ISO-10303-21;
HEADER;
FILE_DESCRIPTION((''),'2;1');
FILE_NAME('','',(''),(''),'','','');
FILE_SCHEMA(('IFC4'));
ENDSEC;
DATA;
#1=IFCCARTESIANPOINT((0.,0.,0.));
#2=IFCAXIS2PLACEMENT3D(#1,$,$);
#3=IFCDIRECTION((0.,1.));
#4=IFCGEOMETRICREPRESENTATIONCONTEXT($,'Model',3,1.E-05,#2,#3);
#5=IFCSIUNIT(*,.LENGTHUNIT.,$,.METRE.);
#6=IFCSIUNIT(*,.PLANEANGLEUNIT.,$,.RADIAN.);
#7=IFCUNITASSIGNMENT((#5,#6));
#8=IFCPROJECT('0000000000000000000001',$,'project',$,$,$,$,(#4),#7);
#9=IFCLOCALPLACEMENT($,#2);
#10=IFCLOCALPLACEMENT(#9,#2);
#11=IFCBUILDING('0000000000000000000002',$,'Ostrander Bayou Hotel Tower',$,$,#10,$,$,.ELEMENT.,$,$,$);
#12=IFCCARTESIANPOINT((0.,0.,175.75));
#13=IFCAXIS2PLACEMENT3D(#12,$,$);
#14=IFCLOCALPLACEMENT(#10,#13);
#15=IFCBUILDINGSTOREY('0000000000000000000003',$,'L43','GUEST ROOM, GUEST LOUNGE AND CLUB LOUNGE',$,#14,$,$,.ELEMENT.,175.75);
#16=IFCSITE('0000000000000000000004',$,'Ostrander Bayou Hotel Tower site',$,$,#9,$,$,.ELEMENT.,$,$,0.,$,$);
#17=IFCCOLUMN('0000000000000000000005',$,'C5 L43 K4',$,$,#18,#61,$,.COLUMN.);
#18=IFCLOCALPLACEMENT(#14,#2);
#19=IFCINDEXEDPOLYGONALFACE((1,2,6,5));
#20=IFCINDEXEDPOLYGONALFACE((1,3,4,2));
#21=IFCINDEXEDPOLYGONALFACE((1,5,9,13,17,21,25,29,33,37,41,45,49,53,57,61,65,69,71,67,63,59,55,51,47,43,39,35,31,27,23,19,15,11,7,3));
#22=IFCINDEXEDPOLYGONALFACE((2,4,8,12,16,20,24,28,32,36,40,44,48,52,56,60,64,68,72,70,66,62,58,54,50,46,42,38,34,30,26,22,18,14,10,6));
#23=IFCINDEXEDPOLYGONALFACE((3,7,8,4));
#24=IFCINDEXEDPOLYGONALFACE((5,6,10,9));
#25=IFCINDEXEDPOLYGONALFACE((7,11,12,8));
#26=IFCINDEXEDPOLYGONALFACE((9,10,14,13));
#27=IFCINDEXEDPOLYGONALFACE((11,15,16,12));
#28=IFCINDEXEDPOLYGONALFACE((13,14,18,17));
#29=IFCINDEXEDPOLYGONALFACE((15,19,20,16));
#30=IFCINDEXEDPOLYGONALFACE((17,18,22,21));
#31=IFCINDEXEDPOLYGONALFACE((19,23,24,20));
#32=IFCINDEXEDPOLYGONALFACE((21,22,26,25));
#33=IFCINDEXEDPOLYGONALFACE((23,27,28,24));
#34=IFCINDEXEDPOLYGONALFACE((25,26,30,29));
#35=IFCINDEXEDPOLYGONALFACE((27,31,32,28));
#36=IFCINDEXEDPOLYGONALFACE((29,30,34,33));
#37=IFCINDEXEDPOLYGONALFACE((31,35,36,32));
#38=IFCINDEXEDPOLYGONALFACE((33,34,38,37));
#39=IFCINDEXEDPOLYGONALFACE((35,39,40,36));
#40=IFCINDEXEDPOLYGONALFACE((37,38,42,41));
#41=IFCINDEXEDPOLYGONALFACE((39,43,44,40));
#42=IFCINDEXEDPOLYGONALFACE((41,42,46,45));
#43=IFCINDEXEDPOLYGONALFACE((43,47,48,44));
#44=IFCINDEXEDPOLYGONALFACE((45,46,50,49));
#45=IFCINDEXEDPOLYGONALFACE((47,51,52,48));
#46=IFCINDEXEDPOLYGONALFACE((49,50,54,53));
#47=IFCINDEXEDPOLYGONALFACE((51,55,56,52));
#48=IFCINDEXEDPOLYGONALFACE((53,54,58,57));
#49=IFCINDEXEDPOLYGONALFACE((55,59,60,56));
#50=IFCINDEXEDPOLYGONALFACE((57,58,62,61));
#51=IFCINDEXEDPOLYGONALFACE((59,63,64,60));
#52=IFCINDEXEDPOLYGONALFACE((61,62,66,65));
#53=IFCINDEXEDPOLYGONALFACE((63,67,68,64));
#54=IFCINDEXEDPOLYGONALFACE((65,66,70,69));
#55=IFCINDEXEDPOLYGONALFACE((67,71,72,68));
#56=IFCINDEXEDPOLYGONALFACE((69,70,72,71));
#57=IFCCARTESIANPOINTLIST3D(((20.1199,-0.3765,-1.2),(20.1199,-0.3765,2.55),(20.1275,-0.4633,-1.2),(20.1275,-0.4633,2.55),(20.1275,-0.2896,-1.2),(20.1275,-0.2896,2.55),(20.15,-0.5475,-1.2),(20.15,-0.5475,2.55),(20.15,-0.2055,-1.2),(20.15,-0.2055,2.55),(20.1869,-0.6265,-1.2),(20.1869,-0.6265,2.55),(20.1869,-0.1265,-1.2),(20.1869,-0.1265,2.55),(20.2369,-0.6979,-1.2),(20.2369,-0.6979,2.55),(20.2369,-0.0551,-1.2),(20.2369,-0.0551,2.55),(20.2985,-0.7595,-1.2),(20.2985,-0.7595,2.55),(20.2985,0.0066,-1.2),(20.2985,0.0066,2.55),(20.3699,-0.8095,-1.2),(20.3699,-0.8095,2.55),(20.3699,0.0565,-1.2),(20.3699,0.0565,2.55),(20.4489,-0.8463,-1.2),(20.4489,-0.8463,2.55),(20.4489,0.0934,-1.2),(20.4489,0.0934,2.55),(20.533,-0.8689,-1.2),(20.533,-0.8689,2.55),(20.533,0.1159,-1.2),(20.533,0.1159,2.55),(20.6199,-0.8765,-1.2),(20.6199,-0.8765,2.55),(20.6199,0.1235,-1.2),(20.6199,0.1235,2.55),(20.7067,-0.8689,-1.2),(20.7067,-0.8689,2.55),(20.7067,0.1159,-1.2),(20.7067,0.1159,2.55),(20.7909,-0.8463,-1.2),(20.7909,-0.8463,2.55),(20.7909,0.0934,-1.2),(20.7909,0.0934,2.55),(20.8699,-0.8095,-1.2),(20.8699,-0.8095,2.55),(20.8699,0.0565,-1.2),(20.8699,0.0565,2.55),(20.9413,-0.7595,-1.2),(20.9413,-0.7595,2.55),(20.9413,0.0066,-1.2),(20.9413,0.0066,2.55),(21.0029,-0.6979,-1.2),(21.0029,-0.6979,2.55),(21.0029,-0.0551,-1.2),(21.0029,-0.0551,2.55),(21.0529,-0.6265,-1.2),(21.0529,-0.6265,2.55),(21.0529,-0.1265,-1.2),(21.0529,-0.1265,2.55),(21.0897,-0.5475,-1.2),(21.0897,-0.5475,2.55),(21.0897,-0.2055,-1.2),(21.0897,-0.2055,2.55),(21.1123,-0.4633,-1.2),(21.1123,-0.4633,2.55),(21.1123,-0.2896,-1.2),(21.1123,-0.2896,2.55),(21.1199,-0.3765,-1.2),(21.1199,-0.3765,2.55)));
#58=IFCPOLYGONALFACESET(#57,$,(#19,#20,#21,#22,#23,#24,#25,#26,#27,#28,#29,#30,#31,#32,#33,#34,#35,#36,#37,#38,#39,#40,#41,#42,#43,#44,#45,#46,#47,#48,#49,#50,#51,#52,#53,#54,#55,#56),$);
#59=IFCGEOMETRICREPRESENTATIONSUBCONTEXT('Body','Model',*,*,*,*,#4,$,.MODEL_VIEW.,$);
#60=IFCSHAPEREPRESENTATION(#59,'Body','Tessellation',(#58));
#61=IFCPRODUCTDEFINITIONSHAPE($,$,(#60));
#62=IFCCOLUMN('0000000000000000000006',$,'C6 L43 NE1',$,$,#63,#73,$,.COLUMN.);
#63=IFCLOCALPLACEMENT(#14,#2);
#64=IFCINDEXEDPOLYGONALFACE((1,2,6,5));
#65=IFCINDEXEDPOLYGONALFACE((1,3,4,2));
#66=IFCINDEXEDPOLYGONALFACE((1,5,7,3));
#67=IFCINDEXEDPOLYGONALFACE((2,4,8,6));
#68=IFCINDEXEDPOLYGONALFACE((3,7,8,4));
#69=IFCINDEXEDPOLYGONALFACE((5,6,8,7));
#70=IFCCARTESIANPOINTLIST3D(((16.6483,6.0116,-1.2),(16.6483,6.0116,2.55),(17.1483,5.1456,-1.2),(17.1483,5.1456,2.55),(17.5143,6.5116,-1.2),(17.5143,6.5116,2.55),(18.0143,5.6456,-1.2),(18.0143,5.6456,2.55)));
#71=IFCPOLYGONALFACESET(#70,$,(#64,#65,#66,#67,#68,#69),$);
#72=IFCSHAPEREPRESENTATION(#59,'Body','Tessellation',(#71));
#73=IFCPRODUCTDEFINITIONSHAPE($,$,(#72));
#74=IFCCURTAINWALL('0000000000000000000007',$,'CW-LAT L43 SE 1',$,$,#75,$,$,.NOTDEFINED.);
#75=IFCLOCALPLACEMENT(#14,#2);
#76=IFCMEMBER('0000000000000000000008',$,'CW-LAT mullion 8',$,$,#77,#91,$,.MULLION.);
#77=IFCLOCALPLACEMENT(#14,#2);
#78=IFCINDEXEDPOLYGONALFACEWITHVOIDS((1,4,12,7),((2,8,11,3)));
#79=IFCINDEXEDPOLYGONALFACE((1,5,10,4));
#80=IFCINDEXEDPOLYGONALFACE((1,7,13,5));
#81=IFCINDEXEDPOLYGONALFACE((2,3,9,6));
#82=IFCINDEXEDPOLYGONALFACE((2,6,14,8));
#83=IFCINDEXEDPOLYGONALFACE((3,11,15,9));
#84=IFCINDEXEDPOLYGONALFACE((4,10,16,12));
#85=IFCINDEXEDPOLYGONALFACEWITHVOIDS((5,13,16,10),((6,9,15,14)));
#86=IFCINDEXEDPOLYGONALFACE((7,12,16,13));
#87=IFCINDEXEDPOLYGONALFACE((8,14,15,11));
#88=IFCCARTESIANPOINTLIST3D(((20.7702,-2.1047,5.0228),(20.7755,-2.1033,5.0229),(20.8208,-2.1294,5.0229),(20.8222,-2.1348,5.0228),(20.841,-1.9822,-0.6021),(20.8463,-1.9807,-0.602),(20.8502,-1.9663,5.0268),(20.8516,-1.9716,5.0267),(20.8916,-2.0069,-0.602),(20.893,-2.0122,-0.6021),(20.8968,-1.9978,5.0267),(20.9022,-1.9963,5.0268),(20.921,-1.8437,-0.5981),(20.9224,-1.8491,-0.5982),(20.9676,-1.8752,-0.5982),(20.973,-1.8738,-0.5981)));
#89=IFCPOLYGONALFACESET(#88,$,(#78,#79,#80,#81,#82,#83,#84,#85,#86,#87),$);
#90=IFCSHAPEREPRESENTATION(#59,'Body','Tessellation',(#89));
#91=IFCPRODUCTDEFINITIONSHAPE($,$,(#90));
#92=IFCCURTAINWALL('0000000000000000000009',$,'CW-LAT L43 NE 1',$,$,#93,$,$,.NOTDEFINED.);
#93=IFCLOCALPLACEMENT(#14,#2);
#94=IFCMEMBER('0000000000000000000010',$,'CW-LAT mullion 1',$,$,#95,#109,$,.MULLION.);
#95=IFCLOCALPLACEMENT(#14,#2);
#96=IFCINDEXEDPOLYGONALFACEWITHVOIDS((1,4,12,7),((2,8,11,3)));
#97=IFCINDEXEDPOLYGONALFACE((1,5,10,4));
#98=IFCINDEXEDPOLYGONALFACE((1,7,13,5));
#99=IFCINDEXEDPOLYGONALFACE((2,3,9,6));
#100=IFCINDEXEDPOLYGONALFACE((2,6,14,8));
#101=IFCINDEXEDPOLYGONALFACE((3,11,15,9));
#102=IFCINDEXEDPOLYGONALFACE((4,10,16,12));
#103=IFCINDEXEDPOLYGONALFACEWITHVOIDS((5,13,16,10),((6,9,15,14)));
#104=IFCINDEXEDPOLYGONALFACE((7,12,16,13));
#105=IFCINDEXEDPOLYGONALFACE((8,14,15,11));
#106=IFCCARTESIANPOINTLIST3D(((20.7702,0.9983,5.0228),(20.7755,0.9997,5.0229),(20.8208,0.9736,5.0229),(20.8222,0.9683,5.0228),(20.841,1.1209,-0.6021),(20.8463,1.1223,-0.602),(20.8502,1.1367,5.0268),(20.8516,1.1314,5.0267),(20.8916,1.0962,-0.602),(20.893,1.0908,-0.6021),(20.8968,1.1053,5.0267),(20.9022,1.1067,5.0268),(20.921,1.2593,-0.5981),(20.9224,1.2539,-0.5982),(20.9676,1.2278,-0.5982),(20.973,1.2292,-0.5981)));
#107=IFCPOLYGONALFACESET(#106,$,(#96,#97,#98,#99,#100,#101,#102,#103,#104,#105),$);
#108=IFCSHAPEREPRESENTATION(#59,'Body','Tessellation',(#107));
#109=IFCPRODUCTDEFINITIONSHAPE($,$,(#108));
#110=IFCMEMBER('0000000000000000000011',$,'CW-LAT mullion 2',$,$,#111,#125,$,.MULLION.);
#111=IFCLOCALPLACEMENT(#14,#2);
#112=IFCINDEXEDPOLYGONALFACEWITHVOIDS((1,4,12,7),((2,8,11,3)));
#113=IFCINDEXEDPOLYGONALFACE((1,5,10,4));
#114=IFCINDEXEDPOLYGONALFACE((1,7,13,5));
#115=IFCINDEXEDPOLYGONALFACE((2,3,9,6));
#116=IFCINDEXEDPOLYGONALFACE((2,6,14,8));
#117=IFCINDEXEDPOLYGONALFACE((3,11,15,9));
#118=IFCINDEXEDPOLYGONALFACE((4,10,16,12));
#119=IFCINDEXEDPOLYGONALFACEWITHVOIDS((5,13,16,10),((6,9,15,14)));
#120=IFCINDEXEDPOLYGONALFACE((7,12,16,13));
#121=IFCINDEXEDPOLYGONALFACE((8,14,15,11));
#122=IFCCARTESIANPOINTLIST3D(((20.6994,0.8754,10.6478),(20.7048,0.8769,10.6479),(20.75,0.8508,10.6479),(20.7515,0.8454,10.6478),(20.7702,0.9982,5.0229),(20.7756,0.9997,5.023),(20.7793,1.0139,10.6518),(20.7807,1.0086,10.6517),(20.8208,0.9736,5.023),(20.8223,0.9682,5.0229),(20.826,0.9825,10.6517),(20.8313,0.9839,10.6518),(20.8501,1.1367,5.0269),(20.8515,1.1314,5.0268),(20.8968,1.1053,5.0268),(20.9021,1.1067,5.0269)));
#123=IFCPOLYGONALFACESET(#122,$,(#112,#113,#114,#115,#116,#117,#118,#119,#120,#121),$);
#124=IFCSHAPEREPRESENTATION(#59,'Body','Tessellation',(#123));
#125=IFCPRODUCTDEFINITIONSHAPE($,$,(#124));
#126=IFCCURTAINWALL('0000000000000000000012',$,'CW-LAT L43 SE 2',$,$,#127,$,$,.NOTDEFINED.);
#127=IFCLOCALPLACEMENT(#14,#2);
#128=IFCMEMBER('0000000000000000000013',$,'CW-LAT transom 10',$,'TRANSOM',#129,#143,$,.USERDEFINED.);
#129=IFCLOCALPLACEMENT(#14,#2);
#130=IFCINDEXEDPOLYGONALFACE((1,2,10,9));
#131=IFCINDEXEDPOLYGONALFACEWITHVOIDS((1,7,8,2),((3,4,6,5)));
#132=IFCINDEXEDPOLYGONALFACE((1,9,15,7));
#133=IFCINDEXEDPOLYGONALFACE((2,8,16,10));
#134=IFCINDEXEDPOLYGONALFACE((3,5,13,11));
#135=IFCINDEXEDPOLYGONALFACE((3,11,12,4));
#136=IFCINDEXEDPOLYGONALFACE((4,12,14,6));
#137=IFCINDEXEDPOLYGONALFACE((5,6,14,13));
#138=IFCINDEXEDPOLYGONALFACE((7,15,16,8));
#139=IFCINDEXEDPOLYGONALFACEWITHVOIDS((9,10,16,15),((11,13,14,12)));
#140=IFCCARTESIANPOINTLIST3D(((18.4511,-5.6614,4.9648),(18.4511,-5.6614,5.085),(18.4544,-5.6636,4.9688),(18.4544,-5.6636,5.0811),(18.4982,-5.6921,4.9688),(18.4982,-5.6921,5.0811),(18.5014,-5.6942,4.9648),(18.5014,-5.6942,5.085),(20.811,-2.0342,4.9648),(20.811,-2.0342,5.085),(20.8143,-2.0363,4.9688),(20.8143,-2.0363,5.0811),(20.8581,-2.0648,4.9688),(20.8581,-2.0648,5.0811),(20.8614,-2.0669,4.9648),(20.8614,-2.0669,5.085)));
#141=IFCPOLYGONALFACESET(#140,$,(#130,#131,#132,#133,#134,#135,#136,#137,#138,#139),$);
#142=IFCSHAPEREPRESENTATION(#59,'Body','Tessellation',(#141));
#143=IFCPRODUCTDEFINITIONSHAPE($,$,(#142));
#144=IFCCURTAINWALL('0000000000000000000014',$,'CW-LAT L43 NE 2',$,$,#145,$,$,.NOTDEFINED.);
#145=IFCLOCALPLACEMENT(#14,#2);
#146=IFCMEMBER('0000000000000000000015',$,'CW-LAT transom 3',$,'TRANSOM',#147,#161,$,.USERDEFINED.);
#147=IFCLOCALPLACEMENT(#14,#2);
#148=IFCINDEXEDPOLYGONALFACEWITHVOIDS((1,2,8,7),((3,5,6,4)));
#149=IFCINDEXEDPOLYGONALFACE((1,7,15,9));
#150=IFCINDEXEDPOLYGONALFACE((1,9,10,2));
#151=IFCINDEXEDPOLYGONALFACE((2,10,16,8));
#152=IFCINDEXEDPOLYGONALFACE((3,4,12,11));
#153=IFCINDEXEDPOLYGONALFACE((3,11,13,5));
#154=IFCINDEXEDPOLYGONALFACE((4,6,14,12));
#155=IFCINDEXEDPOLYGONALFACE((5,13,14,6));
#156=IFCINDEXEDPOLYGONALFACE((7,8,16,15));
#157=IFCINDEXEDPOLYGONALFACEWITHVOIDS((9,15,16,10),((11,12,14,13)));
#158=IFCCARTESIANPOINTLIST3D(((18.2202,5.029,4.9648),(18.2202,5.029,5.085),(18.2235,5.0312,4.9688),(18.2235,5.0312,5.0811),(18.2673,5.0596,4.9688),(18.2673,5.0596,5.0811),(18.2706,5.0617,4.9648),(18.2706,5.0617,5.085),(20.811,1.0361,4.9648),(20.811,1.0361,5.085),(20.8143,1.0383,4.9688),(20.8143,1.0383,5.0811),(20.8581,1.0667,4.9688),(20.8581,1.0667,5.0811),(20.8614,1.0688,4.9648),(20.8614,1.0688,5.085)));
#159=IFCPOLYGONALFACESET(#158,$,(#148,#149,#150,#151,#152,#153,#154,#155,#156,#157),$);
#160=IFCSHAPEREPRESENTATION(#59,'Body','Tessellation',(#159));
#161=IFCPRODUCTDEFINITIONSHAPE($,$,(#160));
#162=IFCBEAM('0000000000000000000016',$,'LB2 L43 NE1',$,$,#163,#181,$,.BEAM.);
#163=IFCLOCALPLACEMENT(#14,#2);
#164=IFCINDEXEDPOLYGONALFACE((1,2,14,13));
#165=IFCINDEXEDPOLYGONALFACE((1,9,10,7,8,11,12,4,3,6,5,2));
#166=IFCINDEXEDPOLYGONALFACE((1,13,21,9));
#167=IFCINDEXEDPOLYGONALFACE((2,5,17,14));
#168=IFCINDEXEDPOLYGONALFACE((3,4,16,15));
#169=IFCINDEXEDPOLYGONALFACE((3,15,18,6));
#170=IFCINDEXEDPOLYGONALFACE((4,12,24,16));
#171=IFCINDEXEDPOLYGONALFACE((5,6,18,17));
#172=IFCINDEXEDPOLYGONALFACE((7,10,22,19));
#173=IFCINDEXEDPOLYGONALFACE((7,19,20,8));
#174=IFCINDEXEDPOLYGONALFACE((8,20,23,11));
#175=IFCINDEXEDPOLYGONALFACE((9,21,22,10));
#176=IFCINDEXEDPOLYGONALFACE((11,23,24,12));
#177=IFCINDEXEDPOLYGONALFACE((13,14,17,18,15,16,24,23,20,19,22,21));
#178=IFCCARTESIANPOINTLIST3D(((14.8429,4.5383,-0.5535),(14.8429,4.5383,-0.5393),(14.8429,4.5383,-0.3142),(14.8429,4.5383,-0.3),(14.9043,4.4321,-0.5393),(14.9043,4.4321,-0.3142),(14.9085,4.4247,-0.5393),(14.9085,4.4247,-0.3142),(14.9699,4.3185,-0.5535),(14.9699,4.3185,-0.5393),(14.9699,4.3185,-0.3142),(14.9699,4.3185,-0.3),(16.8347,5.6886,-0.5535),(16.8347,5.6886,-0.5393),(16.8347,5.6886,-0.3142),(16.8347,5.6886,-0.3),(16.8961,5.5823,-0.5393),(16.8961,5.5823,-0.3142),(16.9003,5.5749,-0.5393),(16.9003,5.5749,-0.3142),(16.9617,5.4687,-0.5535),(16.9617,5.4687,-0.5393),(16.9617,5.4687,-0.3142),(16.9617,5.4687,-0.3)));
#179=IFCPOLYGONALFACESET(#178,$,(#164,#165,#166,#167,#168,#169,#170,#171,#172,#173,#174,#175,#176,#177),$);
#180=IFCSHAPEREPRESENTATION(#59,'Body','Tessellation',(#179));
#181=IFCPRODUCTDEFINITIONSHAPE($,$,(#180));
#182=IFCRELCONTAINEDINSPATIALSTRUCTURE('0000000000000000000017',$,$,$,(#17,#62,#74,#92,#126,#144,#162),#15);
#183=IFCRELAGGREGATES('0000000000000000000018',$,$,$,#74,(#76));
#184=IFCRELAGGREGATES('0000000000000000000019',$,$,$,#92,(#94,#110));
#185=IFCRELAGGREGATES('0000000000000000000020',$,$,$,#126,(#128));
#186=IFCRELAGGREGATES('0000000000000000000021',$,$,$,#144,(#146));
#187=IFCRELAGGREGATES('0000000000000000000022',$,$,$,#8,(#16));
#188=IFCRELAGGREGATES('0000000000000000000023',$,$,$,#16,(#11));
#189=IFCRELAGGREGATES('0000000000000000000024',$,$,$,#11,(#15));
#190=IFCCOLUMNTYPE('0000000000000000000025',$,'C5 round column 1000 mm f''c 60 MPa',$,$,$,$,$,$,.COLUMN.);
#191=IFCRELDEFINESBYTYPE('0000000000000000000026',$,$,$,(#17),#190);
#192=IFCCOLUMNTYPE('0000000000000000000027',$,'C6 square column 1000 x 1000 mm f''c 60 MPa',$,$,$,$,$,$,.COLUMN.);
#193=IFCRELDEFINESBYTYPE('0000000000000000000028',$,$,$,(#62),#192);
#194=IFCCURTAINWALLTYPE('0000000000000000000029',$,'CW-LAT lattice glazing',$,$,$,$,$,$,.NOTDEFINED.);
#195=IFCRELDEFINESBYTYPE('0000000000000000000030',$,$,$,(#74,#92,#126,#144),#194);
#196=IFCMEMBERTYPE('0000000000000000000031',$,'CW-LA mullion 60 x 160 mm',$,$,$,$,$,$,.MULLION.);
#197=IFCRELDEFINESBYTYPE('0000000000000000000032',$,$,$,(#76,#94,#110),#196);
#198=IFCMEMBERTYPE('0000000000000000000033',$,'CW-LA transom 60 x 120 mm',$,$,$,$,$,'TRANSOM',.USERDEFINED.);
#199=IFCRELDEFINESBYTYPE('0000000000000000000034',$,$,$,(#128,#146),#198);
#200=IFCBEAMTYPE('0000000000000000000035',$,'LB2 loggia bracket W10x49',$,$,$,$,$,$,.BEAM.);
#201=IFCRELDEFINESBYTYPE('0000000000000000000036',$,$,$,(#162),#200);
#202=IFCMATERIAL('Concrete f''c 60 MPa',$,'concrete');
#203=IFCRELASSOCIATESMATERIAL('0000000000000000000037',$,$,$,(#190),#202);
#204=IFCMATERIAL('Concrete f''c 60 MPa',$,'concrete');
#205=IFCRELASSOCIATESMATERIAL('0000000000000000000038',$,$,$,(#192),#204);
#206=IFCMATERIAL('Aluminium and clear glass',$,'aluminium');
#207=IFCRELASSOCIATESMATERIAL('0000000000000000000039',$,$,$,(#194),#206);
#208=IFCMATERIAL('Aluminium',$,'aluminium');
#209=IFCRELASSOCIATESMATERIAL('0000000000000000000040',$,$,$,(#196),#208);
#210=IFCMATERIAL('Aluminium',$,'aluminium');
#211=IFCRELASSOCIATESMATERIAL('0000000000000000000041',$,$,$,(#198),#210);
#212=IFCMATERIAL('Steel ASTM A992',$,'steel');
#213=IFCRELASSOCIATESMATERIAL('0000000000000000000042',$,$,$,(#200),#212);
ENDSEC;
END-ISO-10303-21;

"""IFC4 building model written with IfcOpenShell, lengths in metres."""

from ifc_helpers import new_model, si_unit, direction, frame, origin, origin_2d, place, context, subcontext, project, spatial, rectangle, hollow_rectangle, circle, i_section, extrude, material, material_profile, profile_set, type_object, element, aggregate, save


model = new_model("IFC4")

# Units and contexts
model_context = context("Model", 3, precision=1e-05, world=origin(), true_north=direction((0.0, 1.0)))
body_context = subcontext(model_context, "Body", "Model", "MODEL_VIEW")
ifc_project = project(units=[si_unit("LENGTHUNIT", "METRE"), si_unit("PLANEANGLEUNIT", "RADIAN")], contexts=[model_context])

# Site, building, storey
site_placement = place(None, origin())
site = spatial("IfcSite", under=ifc_project, at=site_placement, Name="Ostrander Bayou Hotel Tower site", CompositionType="ELEMENT", RefElevation=0.0)
building_placement = place(site_placement, origin())
building = spatial("IfcBuilding", under=site, at=building_placement, Name="Ostrander Bayou Hotel Tower", CompositionType="ELEMENT")
storey_placement = place(building_placement, frame((0.0, 0.0, 175.75)))
storey = spatial("IfcBuildingStorey", under=building, at=storey_placement, Name="L43", Description="GUEST ROOM, GUEST LOUNGE AND CLUB LOUNGE", CompositionType="ELEMENT", Elevation=175.75)

# Columns
ifc_material_1 = material(Name="Concrete f'c 60 MPa", Category="concrete")
ifc_material_profile_1 = material_profile(ifc_material_1, circle(Radius=0.5, at=origin_2d()))
ifc_profile_set_1 = profile_set([ifc_material_profile_1], Name="Concrete f'c 60 MPa")
column_type_1 = type_object("IfcColumnType", Name="C5 round column 1000 mm f'c 60 MPa", PredefinedType="COLUMN", material=ifc_profile_set_1)
column_1_placement = place(storey_placement, frame((20.6199, -0.3765, -1.2), z_axis=(0.0, 0.0, 1.0), x_axis=(1.0, 0.0, 0.0)))
element("IfcColumn", 1, at=column_1_placement, inside=storey, type_object=column_type_1, Name="C5 L43 K4", PredefinedType="COLUMN", context=body_context, shape_type="SweptSolid", body=[
    extrude(circle(Radius=0.5, at=origin_2d()), origin(), (0.0, 0.0, 1.0), 3.75),
])
ifc_material_2 = material(Name="Concrete f'c 60 MPa", Category="concrete")
ifc_material_profile_2 = material_profile(ifc_material_2, rectangle(XDim=1.0, YDim=1.0, at=origin_2d()))
ifc_profile_set_2 = profile_set([ifc_material_profile_2], Name="Concrete f'c 60 MPa")
column_type_2 = type_object("IfcColumnType", Name="C6 square column 1000 x 1000 mm f'c 60 MPa", PredefinedType="COLUMN", material=ifc_profile_set_2)
column_2_placement = place(storey_placement, frame((17.3313, 5.8286, -1.2), z_axis=(0.0, 0.0, 1.0), x_axis=(0.5, -0.866025, 0.0)))
element("IfcColumn", 2, at=column_2_placement, inside=storey, type_object=column_type_2, Name="C6 L43 NE1", PredefinedType="COLUMN", context=body_context, shape_type="SweptSolid", body=[
    extrude(rectangle(XDim=1.0, YDim=1.0, at=origin_2d()), origin(), (0.0, 0.0, 1.0), 3.75),
])

# Curtain wall, member
ifc_material_3 = material(Name="Aluminium and clear glass", Category="aluminium")
curtain_wall_type = type_object("IfcCurtainWallType", Name="CW-LAT lattice glazing", PredefinedType="NOTDEFINED", material=ifc_material_3)
curtain_wall_1_placement = place(storey_placement, origin())
curtain_wall_1 = element("IfcCurtainWall", 3, at=curtain_wall_1_placement, inside=storey, type_object=curtain_wall_type, Name="CW-LAT L43 SE 1", PredefinedType="NOTDEFINED")
ifc_material_4 = material(Name="Aluminium", Category="aluminium")
ifc_material_profile_3 = material_profile(ifc_material_4, hollow_rectangle(XDim=0.0601, YDim=0.1599, WallThickness=0.0039, at=origin_2d()))
ifc_profile_set_3 = profile_set([ifc_material_profile_3], Name="Aluminium")
member_type_1 = type_object("IfcMemberType", Name="CW-LA mullion 60 x 160 mm", PredefinedType="MULLION", material=ifc_profile_set_3)
member_1_placement = place(storey_placement, frame((20.907, -1.928, -0.6001), z_axis=(-0.012583, -0.021781, 0.999684), x_axis=(0.865898, -0.50022, 0.0)))
member_1 = element("IfcMember", 4, at=member_1_placement, type_object=member_type_1, Name="CW-LAT mullion 8", PredefinedType="MULLION", context=body_context, shape_type="SweptSolid", body=[
    extrude(hollow_rectangle(XDim=0.0601, YDim=0.1599, WallThickness=0.0039, at=origin_2d()), origin(), (0.0, 0.0, 1.0), 5.6267),
])
aggregate(curtain_wall_1, [member_1])

# Curtain wall, members
curtain_wall_2_placement = place(storey_placement, origin())
curtain_wall_2 = element("IfcCurtainWall", 5, at=curtain_wall_2_placement, inside=storey, type_object=curtain_wall_type, Name="CW-LAT L43 NE 1", PredefinedType="NOTDEFINED")
member_2_placement = place(storey_placement, frame((20.907, 1.175, -0.6001), z_axis=(-0.012583, -0.021781, 0.999684), x_axis=(0.865898, -0.50022, 0.0)))
member_2 = element("IfcMember", 6, at=member_2_placement, type_object=member_type_1, Name="CW-LAT mullion 1", PredefinedType="MULLION", context=body_context, shape_type="SweptSolid", body=[
    extrude(hollow_rectangle(XDim=0.0601, YDim=0.1599, WallThickness=0.0039, at=origin_2d()), origin(), (0.0, 0.0, 1.0), 5.6267),
])
member_3_placement = place(storey_placement, frame((20.8362, 1.0525, 5.0249), z_axis=(-0.012583, -0.021825, 0.999683), x_axis=(0.866329, -0.499474, 0.0)))
member_3 = element("IfcMember", 7, at=member_3_placement, type_object=member_type_1, Name="CW-LAT mullion 2", PredefinedType="MULLION", context=body_context, shape_type="SweptSolid", body=[
    extrude(hollow_rectangle(XDim=0.0601, YDim=0.1599, WallThickness=0.0039, at=origin_2d()), origin(), (0.0, 0.0, 1.0), 5.6267),
])
aggregate(curtain_wall_2, [member_2, member_3])

# Curtain walls, members
curtain_wall_3_placement = place(storey_placement, origin())
curtain_wall_3 = element("IfcCurtainWall", 8, at=curtain_wall_3_placement, inside=storey, type_object=curtain_wall_type, Name="CW-LAT L43 SE 2", PredefinedType="NOTDEFINED")
ifc_material_5 = material(Name="Aluminium", Category="aluminium")
ifc_material_profile_4 = material_profile(ifc_material_5, hollow_rectangle(XDim=0.0601, YDim=0.1201, WallThickness=0.0039, at=origin_2d()))
ifc_profile_set_4 = profile_set([ifc_material_profile_4], Name="Aluminium")
member_type_2 = type_object("IfcMemberType", Name="CW-LA transom 60 x 120 mm", ElementType="TRANSOM", PredefinedType="USERDEFINED", material=ifc_profile_set_4)
member_4_placement = place(storey_placement, frame((20.8362, -2.0505, 5.0249), z_axis=(-0.545343, -0.838213, 0.0), x_axis=(0.838213, -0.545343, 0.0)))
member_4 = element("IfcMember", 9, at=member_4_placement, type_object=member_type_2, Name="CW-LAT transom 10", ObjectType="TRANSOM", PredefinedType="USERDEFINED", context=body_context, shape_type="SweptSolid", body=[
    extrude(hollow_rectangle(XDim=0.0601, YDim=0.1201, WallThickness=0.0039, at=origin_2d()), origin(), (0.0, 0.0, 1.0), 4.3274),
])
aggregate(curtain_wall_3, [member_4])
curtain_wall_4_placement = place(storey_placement, origin())
curtain_wall_4 = element("IfcCurtainWall", 10, at=curtain_wall_4_placement, inside=storey, type_object=curtain_wall_type, Name="CW-LAT L43 NE 2", PredefinedType="NOTDEFINED")
member_5_placement = place(storey_placement, frame((20.8362, 1.0525, 5.0249), z_axis=(-0.544312, 0.838883, 0.0), x_axis=(-0.838883, -0.544312, 0.0)))
member_5 = element("IfcMember", 11, at=member_5_placement, type_object=member_type_2, Name="CW-LAT transom 3", ObjectType="TRANSOM", PredefinedType="USERDEFINED", context=body_context, shape_type="SweptSolid", body=[
    extrude(hollow_rectangle(XDim=0.0601, YDim=0.1201, WallThickness=0.0039, at=origin_2d()), origin(), (0.0, 0.0, 1.0), 4.7598),
])
aggregate(curtain_wall_4, [member_5])

# Beam
ifc_material_6 = material(Name="Steel ASTM A992", Category="steel")
ifc_material_profile_5 = material_profile(ifc_material_6, i_section(OverallWidth=0.2539, OverallDepth=0.2534, WebThickness=0.0085, FlangeThickness=0.0142, at=origin_2d()))
ifc_profile_set_5 = profile_set([ifc_material_profile_5], Name="Steel ASTM A992")
beam_type_1 = type_object("IfcBeamType", Name="LB2 loggia bracket W10x49", PredefinedType="BEAM", material=ifc_profile_set_5)
beam_1_placement = place(storey_placement, frame((16.8982, 5.5786, -0.4268), z_axis=(-0.865981, -0.500078, 0.0), x_axis=(0.500078, -0.865981, 0.0)))
element("IfcBeam", 12, at=beam_1_placement, inside=storey, type_object=beam_type_1, Name="LB2 L43 NE1", PredefinedType="BEAM", context=body_context, shape_type="SweptSolid", body=[
    extrude(i_section(OverallWidth=0.2539, OverallDepth=0.2534, WebThickness=0.0085, FlangeThickness=0.0142, at=origin_2d()), origin(), (0.0, 0.0, 1.0), 2.3),
])

save(model, "model.ifc")
